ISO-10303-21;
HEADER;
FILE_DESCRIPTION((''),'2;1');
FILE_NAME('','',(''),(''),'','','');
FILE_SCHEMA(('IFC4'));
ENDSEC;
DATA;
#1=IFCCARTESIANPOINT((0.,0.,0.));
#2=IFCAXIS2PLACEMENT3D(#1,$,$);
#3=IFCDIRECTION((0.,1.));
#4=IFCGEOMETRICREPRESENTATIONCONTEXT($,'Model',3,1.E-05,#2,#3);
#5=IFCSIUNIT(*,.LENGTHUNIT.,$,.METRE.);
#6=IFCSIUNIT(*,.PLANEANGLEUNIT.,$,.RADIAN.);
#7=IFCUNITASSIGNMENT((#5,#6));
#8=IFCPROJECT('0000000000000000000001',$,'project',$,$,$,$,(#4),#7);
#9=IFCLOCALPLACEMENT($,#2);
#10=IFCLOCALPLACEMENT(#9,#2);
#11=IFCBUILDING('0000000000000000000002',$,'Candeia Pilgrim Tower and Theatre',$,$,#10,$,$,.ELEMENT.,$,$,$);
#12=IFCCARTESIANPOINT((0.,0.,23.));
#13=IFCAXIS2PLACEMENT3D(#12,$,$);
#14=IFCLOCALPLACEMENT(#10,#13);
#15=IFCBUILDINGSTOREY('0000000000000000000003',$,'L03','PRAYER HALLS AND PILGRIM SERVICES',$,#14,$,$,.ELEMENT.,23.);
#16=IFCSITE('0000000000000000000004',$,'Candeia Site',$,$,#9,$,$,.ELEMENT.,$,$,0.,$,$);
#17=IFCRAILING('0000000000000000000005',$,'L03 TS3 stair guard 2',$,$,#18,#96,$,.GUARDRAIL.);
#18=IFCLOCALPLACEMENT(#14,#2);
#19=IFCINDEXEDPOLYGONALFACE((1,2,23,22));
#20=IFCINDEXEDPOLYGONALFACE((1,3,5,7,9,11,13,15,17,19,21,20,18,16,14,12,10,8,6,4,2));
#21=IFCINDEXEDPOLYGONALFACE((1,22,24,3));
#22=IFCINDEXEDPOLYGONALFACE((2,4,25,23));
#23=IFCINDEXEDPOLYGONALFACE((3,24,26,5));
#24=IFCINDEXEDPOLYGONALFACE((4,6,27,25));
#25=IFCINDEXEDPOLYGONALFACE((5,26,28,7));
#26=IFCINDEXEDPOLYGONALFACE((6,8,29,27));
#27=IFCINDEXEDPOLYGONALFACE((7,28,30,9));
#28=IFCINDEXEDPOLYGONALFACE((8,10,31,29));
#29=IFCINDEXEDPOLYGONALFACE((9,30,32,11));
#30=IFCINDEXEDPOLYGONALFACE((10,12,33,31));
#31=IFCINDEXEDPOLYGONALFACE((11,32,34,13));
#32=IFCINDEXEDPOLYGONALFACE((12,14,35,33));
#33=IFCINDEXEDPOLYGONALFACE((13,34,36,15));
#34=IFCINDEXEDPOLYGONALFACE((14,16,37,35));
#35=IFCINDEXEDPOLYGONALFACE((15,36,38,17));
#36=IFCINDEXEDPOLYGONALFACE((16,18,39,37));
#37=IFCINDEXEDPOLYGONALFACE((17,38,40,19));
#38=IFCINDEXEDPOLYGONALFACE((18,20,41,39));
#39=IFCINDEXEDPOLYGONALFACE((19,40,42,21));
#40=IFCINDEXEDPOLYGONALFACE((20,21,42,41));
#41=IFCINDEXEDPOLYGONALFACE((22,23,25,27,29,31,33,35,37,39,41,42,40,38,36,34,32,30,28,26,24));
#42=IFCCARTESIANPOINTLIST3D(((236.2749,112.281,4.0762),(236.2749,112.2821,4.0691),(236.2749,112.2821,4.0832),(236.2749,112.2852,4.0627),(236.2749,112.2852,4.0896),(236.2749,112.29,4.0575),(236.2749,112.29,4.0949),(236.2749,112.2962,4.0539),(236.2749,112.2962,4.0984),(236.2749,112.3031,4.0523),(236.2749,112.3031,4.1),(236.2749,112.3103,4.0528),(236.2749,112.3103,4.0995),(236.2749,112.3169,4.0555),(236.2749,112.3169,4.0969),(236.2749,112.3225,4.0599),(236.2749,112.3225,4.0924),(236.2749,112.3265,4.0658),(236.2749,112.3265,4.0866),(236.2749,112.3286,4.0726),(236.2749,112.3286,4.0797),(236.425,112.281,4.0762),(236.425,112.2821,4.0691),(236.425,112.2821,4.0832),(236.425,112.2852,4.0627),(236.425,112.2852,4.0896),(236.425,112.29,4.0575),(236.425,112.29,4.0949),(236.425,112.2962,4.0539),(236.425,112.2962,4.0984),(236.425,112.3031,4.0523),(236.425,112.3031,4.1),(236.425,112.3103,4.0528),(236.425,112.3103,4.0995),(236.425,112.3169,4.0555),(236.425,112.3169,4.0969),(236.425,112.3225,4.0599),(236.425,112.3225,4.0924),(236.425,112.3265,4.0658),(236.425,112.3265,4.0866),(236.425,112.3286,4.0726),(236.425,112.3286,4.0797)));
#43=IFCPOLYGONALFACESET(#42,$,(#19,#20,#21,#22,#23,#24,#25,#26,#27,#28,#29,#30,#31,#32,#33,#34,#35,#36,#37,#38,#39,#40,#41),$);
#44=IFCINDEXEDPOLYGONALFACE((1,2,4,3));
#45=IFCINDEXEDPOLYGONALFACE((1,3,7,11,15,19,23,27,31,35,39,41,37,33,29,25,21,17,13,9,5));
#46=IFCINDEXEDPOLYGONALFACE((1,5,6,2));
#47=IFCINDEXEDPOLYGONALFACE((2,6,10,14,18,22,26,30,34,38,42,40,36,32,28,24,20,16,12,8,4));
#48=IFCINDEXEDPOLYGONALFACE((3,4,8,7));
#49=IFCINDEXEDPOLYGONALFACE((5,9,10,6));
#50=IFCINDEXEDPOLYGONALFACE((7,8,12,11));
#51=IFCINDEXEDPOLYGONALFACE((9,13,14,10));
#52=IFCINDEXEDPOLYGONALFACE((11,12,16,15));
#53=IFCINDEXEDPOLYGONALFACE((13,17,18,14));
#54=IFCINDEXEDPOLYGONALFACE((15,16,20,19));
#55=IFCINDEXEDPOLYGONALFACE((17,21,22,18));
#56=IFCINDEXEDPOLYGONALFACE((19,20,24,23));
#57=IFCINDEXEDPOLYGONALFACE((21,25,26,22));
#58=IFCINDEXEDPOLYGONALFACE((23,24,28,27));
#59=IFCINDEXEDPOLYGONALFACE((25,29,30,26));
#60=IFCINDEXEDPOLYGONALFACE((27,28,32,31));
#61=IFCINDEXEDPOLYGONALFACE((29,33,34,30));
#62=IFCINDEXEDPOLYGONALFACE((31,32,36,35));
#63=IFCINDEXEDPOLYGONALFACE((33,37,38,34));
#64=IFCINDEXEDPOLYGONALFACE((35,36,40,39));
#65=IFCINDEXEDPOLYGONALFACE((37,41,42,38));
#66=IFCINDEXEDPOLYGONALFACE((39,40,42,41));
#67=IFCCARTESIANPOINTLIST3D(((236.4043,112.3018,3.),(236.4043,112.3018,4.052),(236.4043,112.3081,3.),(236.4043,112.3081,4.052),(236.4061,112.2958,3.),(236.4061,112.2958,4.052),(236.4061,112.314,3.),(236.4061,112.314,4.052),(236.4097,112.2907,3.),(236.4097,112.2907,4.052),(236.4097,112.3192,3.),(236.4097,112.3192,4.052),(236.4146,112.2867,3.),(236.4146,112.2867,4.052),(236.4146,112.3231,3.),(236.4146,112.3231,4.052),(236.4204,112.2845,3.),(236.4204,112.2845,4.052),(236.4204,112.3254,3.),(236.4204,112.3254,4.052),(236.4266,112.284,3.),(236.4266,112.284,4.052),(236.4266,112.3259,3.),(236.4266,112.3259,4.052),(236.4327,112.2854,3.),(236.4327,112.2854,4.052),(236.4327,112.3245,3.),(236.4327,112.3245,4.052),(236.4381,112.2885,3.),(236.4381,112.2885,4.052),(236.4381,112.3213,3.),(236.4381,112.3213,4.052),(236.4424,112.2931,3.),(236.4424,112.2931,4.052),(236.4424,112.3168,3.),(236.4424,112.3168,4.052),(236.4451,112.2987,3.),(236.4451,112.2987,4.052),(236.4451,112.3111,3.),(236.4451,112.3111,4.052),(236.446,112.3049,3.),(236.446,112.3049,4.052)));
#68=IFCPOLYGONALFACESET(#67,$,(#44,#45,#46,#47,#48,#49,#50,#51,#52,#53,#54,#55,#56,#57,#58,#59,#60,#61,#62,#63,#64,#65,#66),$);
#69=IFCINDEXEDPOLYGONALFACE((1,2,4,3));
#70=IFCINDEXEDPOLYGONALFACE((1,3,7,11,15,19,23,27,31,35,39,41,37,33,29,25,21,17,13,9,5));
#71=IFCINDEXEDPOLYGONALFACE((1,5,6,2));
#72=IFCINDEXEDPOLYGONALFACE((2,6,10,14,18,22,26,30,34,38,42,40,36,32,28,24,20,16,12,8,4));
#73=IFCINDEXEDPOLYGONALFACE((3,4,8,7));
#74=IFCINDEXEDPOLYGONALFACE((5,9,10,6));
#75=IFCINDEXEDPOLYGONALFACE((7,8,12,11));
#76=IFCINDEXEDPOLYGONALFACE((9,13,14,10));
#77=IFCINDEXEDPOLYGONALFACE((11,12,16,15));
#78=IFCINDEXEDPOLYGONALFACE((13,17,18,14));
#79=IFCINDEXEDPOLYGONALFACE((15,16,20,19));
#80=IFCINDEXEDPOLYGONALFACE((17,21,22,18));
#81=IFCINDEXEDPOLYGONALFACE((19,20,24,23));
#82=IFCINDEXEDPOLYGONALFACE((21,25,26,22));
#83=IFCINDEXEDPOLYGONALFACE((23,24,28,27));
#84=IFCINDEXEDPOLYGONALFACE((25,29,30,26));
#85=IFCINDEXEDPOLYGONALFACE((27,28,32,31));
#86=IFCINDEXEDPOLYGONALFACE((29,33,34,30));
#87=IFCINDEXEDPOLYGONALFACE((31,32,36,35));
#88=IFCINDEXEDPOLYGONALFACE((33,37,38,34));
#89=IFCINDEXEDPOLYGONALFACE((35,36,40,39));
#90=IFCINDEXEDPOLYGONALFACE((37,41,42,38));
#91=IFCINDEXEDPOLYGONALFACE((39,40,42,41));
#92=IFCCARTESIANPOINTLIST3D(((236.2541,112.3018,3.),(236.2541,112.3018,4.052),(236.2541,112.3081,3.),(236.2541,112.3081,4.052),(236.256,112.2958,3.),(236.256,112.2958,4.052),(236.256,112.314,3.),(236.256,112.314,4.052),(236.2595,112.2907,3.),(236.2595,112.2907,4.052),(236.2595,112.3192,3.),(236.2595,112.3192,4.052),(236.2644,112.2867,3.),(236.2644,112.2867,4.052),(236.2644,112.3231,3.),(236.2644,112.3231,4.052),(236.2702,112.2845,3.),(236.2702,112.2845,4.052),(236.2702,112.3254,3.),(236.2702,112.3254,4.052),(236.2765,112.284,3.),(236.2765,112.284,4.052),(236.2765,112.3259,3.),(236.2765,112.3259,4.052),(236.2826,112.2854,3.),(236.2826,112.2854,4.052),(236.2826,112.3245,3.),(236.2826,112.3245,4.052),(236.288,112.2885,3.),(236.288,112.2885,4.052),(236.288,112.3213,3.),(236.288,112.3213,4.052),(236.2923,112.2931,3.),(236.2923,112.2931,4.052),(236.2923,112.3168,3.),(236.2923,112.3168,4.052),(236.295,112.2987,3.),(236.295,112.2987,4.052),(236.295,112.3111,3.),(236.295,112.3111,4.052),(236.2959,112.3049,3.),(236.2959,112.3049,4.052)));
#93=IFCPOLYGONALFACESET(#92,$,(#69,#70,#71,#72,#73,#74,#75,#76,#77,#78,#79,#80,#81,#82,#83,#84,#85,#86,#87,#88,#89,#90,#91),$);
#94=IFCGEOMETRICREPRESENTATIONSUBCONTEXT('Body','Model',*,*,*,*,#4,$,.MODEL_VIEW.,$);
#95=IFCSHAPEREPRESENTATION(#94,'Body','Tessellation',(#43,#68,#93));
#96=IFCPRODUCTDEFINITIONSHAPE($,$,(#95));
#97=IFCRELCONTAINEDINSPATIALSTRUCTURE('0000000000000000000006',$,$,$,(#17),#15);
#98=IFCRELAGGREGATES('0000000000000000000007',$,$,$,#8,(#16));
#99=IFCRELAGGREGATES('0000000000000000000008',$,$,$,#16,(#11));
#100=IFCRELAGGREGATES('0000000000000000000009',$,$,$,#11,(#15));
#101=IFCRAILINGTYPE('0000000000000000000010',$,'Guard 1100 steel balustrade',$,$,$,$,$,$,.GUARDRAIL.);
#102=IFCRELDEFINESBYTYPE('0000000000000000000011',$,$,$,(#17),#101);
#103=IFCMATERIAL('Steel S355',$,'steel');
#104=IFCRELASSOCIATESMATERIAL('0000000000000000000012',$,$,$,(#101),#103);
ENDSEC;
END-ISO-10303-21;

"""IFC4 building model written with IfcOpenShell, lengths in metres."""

from ifc_helpers import new_model, si_unit, direction, frame, origin, origin_2d, place, context, subcontext, project, spatial, circle, extrude, material, type_object, element, save


model = new_model("IFC4")

# Units and contexts
model_context = context("Model", 3, precision=1e-05, world=origin(), true_north=direction((0.0, 1.0)))
body_context = subcontext(model_context, "Body", "Model", "MODEL_VIEW")
ifc_project = project(units=[si_unit("LENGTHUNIT", "METRE"), si_unit("PLANEANGLEUNIT", "RADIAN")], contexts=[model_context])

# Site, building, storey
site_placement = place(None, origin())
site = spatial("IfcSite", under=ifc_project, at=site_placement, Name="Candeia Site", CompositionType="ELEMENT", RefElevation=0.0)
building_placement = place(site_placement, origin())
building = spatial("IfcBuilding", under=site, at=building_placement, Name="Candeia Pilgrim Tower and Theatre", CompositionType="ELEMENT")
storey_placement = place(building_placement, frame((0.0, 0.0, 23.0)))
storey = spatial("IfcBuildingStorey", under=building, at=storey_placement, Name="L03", Description="PRAYER HALLS AND PILGRIM SERVICES", CompositionType="ELEMENT", Elevation=23.0)

# Railing
ifc_material_1 = material(Name="Steel S355", Category="steel")
railing_type_1 = type_object("IfcRailingType", Name="Guard 1100 steel balustrade", PredefinedType="GUARDRAIL", material=ifc_material_1)
railing_1_placement = place(storey_placement, frame((236.425, 112.3049, 3.0)))
element("IfcRailing", 1, at=railing_1_placement, inside=storey, type_object=railing_type_1, Name="L03 TS3 stair guard 2", PredefinedType="GUARDRAIL", context=body_context, shape_type="SweptSolid", body=[
    extrude(circle(Radius=0.0239, at=origin_2d()), frame((0.0, 0.0, 1.0762), z_axis=(-1.0, 0.0, 0.0), x_axis=(0.0, -1.0, 0.0)), (0.0, 0.0, 1.0), 0.1501),
    extrude(circle(Radius=0.021, at=origin_2d()), origin(), (0.0, 0.0, 1.0), 1.052),
    extrude(circle(Radius=0.021, at=origin_2d()), frame((-0.1501, 0.0, 0.0)), (0.0, 0.0, 1.0), 1.052),
])

save(model, "model.ifc")
